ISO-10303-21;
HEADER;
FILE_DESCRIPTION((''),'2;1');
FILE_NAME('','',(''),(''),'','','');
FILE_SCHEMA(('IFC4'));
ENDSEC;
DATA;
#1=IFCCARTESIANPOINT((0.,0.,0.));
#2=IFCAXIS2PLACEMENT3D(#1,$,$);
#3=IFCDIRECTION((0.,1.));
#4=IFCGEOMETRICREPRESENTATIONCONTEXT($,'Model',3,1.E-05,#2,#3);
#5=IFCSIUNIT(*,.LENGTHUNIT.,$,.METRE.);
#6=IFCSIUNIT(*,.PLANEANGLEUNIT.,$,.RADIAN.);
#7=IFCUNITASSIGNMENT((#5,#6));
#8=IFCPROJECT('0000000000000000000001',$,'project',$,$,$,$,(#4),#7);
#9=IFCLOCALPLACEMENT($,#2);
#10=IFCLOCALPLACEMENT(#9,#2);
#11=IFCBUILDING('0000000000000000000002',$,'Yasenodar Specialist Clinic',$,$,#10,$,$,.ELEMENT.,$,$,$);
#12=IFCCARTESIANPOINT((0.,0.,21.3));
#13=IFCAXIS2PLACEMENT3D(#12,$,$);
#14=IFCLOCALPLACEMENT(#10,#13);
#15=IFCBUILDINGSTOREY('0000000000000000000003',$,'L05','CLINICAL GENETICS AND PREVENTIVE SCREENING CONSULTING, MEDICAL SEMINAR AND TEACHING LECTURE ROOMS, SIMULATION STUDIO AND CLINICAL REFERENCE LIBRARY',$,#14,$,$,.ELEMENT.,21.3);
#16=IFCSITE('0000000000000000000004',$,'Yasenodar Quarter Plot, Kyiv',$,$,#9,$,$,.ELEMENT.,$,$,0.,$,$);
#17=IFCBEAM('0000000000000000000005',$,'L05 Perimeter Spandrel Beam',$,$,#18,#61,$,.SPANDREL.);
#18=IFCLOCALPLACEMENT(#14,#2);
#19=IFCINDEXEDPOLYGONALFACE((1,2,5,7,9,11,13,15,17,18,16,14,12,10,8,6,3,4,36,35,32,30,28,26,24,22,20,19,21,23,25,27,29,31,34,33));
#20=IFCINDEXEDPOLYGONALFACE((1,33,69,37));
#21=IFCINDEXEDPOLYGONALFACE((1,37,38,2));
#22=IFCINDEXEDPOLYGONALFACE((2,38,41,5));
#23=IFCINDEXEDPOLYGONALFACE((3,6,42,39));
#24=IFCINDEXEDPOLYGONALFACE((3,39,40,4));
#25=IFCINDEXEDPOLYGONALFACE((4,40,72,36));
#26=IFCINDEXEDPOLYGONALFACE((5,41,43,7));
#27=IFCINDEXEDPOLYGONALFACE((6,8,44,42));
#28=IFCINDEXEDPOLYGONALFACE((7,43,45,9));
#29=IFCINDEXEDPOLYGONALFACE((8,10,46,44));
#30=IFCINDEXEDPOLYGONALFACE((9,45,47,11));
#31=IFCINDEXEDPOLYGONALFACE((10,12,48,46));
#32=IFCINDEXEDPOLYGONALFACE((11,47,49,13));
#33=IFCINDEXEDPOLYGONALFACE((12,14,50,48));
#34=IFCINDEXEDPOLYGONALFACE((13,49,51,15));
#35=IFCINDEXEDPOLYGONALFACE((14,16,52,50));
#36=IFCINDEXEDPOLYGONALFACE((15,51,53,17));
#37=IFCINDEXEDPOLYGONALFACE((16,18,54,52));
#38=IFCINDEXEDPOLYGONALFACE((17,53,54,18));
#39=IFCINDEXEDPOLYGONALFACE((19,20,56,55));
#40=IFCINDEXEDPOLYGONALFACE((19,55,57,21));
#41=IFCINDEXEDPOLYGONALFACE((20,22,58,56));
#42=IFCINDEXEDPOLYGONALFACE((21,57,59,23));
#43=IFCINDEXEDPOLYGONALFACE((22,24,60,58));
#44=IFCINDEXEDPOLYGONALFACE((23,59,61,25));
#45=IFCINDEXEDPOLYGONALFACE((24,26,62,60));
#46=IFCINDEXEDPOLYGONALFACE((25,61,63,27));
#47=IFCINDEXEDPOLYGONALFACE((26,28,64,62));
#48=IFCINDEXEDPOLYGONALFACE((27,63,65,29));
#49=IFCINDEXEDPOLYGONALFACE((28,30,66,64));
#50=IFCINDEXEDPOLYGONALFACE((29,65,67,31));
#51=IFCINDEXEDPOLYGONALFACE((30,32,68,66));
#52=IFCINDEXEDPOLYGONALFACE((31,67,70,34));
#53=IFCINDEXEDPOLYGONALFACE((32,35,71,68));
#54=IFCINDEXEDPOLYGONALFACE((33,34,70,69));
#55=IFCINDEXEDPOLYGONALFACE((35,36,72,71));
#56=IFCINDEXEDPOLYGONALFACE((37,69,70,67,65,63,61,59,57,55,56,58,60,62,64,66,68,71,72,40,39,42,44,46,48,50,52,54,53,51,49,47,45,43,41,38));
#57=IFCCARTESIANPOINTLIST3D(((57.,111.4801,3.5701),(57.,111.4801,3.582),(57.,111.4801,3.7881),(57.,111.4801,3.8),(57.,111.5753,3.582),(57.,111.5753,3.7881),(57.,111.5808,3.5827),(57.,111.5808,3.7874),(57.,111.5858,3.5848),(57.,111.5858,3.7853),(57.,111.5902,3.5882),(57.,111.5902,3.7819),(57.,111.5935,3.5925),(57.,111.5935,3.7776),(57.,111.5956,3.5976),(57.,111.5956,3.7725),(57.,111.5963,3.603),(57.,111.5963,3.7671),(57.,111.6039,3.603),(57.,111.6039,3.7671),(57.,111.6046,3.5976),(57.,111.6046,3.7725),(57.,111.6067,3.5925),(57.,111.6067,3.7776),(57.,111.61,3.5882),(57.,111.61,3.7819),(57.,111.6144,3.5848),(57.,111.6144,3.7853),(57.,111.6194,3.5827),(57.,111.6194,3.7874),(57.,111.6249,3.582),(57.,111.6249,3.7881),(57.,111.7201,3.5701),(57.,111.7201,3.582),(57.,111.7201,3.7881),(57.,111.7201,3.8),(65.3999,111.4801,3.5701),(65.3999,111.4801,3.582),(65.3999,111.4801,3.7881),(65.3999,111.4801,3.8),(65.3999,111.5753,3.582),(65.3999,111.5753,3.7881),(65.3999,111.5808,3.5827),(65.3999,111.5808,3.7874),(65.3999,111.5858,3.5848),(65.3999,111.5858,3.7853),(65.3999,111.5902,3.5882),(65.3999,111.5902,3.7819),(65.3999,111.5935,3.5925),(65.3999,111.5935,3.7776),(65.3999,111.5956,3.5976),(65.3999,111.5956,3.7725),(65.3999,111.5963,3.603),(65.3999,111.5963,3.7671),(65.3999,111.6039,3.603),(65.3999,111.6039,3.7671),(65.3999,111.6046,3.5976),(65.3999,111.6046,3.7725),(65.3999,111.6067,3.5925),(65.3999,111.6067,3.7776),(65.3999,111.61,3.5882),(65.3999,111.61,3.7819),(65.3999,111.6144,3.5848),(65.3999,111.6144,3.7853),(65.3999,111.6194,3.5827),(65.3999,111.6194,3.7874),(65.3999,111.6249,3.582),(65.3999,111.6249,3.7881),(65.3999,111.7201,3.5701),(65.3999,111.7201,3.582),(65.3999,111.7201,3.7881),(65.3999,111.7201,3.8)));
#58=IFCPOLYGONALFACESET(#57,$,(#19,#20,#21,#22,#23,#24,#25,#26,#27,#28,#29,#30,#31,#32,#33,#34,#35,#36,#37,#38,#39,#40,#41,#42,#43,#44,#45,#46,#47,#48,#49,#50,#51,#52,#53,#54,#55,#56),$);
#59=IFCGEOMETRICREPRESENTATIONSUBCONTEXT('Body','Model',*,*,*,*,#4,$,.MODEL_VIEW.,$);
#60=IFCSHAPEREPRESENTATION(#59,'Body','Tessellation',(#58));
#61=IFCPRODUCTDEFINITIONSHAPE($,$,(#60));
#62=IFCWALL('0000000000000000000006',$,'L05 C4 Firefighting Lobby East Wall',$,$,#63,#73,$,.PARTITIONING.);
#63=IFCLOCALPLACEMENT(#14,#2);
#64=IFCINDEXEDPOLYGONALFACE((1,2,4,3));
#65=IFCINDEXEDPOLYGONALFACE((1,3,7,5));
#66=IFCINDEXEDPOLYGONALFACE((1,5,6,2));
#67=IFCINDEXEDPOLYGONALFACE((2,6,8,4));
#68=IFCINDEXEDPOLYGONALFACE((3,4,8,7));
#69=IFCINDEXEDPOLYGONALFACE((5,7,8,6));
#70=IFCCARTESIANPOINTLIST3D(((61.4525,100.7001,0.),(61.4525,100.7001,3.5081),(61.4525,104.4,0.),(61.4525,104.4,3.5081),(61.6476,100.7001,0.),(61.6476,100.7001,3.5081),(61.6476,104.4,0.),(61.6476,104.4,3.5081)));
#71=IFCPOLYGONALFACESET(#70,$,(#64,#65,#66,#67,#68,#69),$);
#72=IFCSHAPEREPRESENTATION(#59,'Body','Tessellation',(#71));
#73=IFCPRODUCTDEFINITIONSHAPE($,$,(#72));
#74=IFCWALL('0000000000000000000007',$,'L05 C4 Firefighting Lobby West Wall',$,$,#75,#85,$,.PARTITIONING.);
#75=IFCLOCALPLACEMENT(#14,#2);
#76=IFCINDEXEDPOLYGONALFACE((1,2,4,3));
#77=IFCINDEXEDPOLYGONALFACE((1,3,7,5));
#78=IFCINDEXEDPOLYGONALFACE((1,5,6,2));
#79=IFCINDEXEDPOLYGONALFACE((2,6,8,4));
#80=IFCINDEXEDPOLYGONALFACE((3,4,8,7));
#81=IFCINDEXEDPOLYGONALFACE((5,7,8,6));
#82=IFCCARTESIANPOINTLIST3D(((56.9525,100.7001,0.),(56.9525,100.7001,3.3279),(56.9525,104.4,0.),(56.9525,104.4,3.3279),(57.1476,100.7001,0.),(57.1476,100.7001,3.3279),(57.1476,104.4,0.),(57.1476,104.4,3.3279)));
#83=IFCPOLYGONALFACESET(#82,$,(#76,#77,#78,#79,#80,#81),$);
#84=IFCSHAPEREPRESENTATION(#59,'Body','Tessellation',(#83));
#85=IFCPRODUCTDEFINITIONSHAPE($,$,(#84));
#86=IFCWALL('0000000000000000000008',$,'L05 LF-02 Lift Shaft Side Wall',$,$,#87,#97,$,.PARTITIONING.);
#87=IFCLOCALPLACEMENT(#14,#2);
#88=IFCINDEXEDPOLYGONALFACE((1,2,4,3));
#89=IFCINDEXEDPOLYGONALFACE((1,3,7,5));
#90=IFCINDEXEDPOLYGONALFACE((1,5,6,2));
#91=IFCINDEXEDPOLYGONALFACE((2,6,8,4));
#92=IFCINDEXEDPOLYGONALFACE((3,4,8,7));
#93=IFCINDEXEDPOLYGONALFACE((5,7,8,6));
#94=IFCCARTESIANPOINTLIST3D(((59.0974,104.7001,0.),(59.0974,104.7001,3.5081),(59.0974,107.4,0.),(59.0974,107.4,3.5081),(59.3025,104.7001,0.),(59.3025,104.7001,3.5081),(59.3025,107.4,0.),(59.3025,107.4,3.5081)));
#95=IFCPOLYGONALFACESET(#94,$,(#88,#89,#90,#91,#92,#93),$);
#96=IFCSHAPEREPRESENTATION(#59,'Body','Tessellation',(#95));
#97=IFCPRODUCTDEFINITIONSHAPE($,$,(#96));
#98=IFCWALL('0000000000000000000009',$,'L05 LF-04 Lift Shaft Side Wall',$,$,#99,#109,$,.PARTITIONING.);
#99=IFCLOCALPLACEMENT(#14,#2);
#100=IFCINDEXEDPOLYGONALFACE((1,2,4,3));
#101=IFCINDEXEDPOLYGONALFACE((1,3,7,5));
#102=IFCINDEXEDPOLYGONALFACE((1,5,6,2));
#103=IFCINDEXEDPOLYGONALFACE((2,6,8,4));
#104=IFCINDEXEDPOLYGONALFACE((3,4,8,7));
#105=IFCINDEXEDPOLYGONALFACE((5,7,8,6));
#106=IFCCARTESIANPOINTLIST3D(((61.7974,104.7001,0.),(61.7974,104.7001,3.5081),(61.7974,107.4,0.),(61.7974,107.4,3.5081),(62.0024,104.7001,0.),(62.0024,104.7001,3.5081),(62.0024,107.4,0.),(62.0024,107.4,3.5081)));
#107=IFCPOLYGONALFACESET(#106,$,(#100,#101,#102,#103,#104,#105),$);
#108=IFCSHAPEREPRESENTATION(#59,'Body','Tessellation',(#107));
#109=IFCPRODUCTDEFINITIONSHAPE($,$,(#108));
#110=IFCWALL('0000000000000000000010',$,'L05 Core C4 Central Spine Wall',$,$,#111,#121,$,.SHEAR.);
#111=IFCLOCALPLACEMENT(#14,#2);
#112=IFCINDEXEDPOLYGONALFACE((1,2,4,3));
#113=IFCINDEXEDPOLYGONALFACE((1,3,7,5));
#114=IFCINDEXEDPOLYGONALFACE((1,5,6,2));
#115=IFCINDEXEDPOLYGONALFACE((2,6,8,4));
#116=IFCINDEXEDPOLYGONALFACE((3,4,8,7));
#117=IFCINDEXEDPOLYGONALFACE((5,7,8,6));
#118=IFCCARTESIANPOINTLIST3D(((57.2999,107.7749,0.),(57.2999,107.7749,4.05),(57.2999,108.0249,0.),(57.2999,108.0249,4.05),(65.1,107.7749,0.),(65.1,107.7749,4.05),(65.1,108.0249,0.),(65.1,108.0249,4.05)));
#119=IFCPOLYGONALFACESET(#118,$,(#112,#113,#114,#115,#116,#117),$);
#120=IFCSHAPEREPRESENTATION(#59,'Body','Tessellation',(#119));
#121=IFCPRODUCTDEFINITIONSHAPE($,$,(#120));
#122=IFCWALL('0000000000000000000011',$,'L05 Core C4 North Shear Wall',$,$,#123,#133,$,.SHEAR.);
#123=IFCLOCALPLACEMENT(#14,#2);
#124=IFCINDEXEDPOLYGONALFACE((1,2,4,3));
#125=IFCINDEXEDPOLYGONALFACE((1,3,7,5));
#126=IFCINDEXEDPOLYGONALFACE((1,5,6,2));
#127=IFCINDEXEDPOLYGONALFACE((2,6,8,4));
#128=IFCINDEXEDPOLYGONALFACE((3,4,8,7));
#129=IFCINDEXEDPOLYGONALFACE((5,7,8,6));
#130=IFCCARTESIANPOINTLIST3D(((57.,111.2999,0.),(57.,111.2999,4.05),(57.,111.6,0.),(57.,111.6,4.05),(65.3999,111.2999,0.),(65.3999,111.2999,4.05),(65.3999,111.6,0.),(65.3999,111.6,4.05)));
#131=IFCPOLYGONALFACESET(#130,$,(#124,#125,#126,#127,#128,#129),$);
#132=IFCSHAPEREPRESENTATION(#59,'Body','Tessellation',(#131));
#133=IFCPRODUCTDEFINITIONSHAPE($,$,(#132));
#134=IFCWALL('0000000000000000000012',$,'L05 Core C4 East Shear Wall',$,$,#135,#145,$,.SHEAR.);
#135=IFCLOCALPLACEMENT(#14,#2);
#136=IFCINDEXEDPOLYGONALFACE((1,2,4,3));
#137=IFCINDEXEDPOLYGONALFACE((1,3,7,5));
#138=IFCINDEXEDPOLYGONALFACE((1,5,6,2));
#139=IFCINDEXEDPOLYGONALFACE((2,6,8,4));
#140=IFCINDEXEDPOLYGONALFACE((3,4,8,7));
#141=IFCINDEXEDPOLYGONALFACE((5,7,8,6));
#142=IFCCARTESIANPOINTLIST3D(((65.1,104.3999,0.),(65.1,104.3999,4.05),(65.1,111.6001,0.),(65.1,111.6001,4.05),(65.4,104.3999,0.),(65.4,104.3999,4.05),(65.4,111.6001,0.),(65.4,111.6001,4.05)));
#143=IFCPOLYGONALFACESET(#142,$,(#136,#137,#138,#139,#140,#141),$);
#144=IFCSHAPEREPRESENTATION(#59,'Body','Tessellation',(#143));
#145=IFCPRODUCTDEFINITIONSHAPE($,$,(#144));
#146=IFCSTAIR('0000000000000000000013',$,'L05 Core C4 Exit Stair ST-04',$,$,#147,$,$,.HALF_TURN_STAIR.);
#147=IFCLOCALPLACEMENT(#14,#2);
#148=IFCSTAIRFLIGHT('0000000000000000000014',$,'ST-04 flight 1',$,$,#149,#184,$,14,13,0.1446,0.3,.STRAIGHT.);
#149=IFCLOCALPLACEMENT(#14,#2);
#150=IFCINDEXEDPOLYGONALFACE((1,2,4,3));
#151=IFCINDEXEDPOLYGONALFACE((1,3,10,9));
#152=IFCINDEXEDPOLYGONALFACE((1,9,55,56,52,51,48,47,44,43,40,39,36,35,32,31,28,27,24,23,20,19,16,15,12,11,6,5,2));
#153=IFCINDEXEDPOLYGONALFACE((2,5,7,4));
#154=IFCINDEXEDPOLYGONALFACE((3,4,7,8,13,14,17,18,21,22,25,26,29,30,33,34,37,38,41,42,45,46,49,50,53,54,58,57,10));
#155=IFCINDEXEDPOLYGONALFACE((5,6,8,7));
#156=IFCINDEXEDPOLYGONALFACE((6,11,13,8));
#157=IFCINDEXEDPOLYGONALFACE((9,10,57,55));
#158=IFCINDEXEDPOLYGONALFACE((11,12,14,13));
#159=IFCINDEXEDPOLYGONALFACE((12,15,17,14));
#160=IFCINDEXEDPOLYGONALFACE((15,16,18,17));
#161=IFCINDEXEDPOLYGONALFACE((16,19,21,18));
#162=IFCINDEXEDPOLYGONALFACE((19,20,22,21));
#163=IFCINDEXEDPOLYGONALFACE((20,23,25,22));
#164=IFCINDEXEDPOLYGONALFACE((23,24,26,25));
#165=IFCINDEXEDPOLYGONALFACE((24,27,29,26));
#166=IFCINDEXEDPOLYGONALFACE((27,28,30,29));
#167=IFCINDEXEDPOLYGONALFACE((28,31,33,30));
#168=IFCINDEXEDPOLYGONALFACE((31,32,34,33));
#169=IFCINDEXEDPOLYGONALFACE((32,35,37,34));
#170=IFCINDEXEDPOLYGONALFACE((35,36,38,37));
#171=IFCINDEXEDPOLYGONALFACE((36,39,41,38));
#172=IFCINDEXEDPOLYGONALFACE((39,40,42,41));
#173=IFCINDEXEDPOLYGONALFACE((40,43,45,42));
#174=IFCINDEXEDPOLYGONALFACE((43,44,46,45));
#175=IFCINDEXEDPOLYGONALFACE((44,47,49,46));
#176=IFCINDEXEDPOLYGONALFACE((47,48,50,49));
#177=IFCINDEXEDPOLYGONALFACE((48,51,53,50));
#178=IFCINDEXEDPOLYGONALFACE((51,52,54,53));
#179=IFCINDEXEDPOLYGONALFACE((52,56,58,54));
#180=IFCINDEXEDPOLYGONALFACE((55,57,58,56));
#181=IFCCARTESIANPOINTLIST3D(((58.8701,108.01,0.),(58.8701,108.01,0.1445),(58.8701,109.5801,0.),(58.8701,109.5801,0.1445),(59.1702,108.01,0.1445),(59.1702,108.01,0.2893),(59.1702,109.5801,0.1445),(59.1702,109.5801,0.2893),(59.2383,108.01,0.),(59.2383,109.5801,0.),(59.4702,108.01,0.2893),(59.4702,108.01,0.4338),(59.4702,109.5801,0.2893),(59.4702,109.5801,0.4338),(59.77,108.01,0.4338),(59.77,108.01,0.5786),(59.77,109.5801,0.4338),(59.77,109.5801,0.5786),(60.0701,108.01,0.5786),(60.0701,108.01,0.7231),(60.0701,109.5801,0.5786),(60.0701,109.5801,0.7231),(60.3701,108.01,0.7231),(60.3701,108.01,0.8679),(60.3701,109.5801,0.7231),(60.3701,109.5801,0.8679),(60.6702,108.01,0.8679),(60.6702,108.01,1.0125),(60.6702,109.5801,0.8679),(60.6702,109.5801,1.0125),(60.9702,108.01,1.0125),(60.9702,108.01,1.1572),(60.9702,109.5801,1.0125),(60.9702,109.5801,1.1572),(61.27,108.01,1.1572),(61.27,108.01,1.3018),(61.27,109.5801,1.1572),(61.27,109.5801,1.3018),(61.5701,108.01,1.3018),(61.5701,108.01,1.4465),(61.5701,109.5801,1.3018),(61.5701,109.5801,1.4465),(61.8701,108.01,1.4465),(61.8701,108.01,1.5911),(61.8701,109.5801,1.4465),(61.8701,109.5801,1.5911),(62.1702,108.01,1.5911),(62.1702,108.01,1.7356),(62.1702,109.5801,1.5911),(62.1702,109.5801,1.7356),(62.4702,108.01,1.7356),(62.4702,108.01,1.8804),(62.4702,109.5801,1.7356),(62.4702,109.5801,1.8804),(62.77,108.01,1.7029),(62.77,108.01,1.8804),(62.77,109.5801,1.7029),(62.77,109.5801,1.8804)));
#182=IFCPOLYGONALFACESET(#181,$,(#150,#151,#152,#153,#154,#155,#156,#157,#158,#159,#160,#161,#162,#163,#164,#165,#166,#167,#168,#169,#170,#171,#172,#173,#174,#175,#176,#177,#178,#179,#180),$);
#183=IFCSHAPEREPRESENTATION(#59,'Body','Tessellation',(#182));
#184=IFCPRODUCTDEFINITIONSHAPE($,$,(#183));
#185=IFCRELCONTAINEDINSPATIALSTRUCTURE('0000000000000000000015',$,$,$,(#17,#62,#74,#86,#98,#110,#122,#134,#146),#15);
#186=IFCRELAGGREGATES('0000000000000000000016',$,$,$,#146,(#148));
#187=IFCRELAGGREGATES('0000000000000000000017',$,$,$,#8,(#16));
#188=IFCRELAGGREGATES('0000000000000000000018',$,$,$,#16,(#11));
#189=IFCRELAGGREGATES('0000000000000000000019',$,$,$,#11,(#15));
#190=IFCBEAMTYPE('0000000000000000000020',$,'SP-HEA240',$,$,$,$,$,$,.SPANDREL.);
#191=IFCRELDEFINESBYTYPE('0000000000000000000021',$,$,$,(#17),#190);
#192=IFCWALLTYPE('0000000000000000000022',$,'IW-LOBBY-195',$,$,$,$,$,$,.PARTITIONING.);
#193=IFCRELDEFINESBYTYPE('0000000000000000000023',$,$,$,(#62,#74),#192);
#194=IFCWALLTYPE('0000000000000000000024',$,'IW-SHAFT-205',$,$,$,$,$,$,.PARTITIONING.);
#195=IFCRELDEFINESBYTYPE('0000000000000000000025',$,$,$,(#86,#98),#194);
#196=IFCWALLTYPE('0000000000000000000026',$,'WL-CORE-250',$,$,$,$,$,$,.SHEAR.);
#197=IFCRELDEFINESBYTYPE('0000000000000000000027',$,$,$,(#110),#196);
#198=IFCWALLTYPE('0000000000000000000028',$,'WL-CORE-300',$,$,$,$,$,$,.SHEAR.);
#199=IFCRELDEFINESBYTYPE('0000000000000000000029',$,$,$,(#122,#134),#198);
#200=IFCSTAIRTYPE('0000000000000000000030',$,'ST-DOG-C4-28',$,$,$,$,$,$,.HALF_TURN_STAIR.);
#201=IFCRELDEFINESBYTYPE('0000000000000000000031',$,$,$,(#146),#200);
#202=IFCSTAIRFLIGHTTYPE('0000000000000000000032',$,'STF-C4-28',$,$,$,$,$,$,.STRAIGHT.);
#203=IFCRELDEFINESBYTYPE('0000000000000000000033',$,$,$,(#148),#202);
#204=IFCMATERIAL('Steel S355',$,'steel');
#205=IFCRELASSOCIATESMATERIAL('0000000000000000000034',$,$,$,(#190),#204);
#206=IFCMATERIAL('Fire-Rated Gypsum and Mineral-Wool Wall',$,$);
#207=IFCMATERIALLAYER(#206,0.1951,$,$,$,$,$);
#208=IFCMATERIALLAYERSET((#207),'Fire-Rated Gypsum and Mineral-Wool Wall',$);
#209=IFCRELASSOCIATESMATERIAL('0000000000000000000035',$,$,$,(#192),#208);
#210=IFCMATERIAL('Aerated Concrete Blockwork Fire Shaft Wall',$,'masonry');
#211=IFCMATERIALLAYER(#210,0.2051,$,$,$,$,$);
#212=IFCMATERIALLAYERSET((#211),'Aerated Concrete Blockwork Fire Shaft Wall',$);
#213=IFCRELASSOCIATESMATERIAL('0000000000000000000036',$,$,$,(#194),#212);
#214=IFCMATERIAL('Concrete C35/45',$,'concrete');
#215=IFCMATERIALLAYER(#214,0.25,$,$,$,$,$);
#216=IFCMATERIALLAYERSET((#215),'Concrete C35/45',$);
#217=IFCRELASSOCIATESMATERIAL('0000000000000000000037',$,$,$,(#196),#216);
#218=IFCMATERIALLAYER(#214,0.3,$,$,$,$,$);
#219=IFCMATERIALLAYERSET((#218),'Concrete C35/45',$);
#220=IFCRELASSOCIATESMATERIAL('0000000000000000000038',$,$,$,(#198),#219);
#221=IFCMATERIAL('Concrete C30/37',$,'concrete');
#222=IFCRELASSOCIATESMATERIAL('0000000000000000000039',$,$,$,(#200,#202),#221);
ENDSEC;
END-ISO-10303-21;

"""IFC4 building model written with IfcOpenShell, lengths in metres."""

from ifc_helpers import new_model, si_unit, direction, frame, frame_2d, origin, origin_2d, place, context, subcontext, project, spatial, polyline, rectangle, i_section, outline, extrude, material, layer, layer_set, material_profile, profile_set, type_object, element, aggregate, save


model = new_model("IFC4")

# Units and contexts
model_context = context("Model", 3, precision=1e-05, world=origin(), true_north=direction((0.0, 1.0)))
body_context = subcontext(model_context, "Body", "Model", "MODEL_VIEW")
ifc_project = project(units=[si_unit("LENGTHUNIT", "METRE"), si_unit("PLANEANGLEUNIT", "RADIAN")], contexts=[model_context])

# Site, building, storey
site_placement = place(None, origin())
site = spatial("IfcSite", under=ifc_project, at=site_placement, Name="Yasenodar Quarter Plot, Kyiv", CompositionType="ELEMENT", RefElevation=0.0)
building_placement = place(site_placement, origin())
building = spatial("IfcBuilding", under=site, at=building_placement, Name="Yasenodar Specialist Clinic", CompositionType="ELEMENT")
storey_placement = place(building_placement, frame((0.0, 0.0, 21.3)))
storey = spatial("IfcBuildingStorey", under=building, at=storey_placement, Name="L05", Description="CLINICAL GENETICS AND PREVENTIVE SCREENING CONSULTING, MEDICAL SEMINAR AND TEACHING LECTURE ROOMS, SIMULATION STUDIO AND CLINICAL REFERENCE LIBRARY", CompositionType="ELEMENT", Elevation=21.3)

# Shared definitions
ifc_material_1 = material(Name="Steel S355", Category="steel")

# Beam
ifc_material_profile_1 = material_profile(ifc_material_1, i_section(OverallWidth=0.24, OverallDepth=0.23, WebThickness=0.0076, FlangeThickness=0.012, FilletRadius=0.021, at=origin_2d()), Name="HEA 240")
ifc_profile_set_1 = profile_set([ifc_material_profile_1], Name="Steel S355")
beam_type_1 = type_object("IfcBeamType", Name="SP-HEA240", PredefinedType="SPANDREL", material=ifc_profile_set_1)
beam_1_placement = place(storey_placement, frame((57.0, 111.6001, 3.6851), z_axis=(1.0, 0.0, 0.0), x_axis=(0.0, 1.0, 0.0)))
element("IfcBeam", 1, at=beam_1_placement, inside=storey, type_object=beam_type_1, Name="L05 Perimeter Spandrel Beam", PredefinedType="SPANDREL", context=body_context, shape_type="SweptSolid", body=[
    extrude(i_section(OverallWidth=0.24, OverallDepth=0.23, WebThickness=0.0076, FlangeThickness=0.012, FilletRadius=0.021, at=origin_2d()), origin(), (0.0, 0.0, 1.0), 8.3999),
])

# Shared definitions
ifc_material_2 = material(Name="Fire-Rated Gypsum and Mineral-Wool Wall")
ifc_layer_1 = layer(ifc_material_2, 0.1951)
ifc_layer_set_1 = layer_set([ifc_layer_1], Name="Fire-Rated Gypsum and Mineral-Wool Wall")
wall_type_1 = type_object("IfcWallType", Name="IW-LOBBY-195", PredefinedType="PARTITIONING", material=ifc_layer_set_1)

# Walls
wall_1_placement = place(storey_placement, frame((61.55, 100.7, 0.0), z_axis=(0.0, 0.0, 1.0), x_axis=(0.0, 1.0, 0.0)))
element("IfcWall", 2, at=wall_1_placement, inside=storey, type_object=wall_type_1, Name="L05 C4 Firefighting Lobby East Wall", PredefinedType="PARTITIONING", context=body_context, shape_type="SweptSolid", body=[
    extrude(rectangle(XDim=3.7, YDim=0.1951, at=frame_2d((1.8501, 0.0))), origin(), (0.0, 0.0, 1.0), 3.5081),
])
wall_2_placement = place(storey_placement, frame((57.05, 100.7, 0.0), z_axis=(0.0, 0.0, 1.0), x_axis=(0.0, 1.0, 0.0)))
element("IfcWall", 3, at=wall_2_placement, inside=storey, type_object=wall_type_1, Name="L05 C4 Firefighting Lobby West Wall", PredefinedType="PARTITIONING", context=body_context, shape_type="SweptSolid", body=[
    extrude(rectangle(XDim=3.7, YDim=0.1951, at=frame_2d((1.8501, 0.0))), origin(), (0.0, 0.0, 1.0), 3.3279),
])
ifc_material_3 = material(Name="Aerated Concrete Blockwork Fire Shaft Wall", Category="masonry")
ifc_layer_2 = layer(ifc_material_3, 0.2051)
ifc_layer_set_2 = layer_set([ifc_layer_2], Name="Aerated Concrete Blockwork Fire Shaft Wall")
wall_type_2 = type_object("IfcWallType", Name="IW-SHAFT-205", PredefinedType="PARTITIONING", material=ifc_layer_set_2)
for number, where, z_axis, x_axis, name in (
    (4, (59.2, 104.7, 0.0), (0.0, 0.0, 1.0), (0.0, 1.0, 0.0), "L05 LF-02 Lift Shaft Side Wall"),
    (5, (61.8999, 104.7, 0.0), (0.0, 0.0, 1.0), (0.0, 1.0, 0.0), "L05 LF-04 Lift Shaft Side Wall"),
):
    element("IfcWall", number, at=place(storey_placement, frame(where, z_axis=z_axis, x_axis=x_axis)), inside=storey, type_object=wall_type_2, Name=name, PredefinedType="PARTITIONING", context=body_context, shape_type="SweptSolid", body=[
        extrude(rectangle(XDim=2.7, YDim=0.2051, at=frame_2d((1.3501, 0.0))), origin(), (0.0, 0.0, 1.0), 3.5081),
    ])
ifc_material_4 = material(Name="Concrete C35/45", Category="concrete")
ifc_layer_3 = layer(ifc_material_4, 0.25)
ifc_layer_set_3 = layer_set([ifc_layer_3], Name="Concrete C35/45")
wall_type_3 = type_object("IfcWallType", Name="WL-CORE-250", PredefinedType="SHEAR", material=ifc_layer_set_3)
wall_3_placement = place(storey_placement, frame((57.3, 107.8999, 0.0), z_axis=(0.0, 0.0, 1.0), x_axis=(1.0, 0.0, 0.0)))
element("IfcWall", 6, at=wall_3_placement, inside=storey, type_object=wall_type_3, Name="L05 Core C4 Central Spine Wall", PredefinedType="SHEAR", context=body_context, shape_type="SweptSolid", body=[
    extrude(rectangle(XDim=7.8, YDim=0.25, at=frame_2d((3.8999, 0.0))), origin(), (0.0, 0.0, 1.0), 4.05),
])
ifc_layer_4 = layer(ifc_material_4, 0.3)
ifc_layer_set_4 = layer_set([ifc_layer_4], Name="Concrete C35/45")
wall_type_4 = type_object("IfcWallType", Name="WL-CORE-300", PredefinedType="SHEAR", material=ifc_layer_set_4)
wall_4_placement = place(storey_placement, frame((57.0, 111.45, 0.0), z_axis=(0.0, 0.0, 1.0), x_axis=(1.0, 0.0, 0.0)))
element("IfcWall", 7, at=wall_4_placement, inside=storey, type_object=wall_type_4, Name="L05 Core C4 North Shear Wall", PredefinedType="SHEAR", context=body_context, shape_type="SweptSolid", body=[
    extrude(rectangle(XDim=8.3999, YDim=0.3, at=frame_2d((4.2, 0.0))), origin(), (0.0, 0.0, 1.0), 4.05),
])

# Wall
wall_5_placement = place(storey_placement, frame((65.25, 104.3999, 0.0), z_axis=(0.0, 0.0, 1.0), x_axis=(0.0, 1.0, 0.0)))
element("IfcWall", 8, at=wall_5_placement, inside=storey, type_object=wall_type_4, Name="L05 Core C4 East Shear Wall", PredefinedType="SHEAR", context=body_context, shape_type="SweptSolid", body=[
    extrude(rectangle(XDim=7.2002, YDim=0.3, at=frame_2d((3.6001, 0.0))), origin(), (0.0, 0.0, 1.0), 4.05),
])

# Stair, stair flight
ifc_material_5 = material(Name="Concrete C30/37", Category="concrete")
stair_type = type_object("IfcStairType", Name="ST-DOG-C4-28", PredefinedType="HALF_TURN_STAIR", material=ifc_material_5)
stair_placement = place(storey_placement, origin())
stair = element("IfcStair", 9, at=stair_placement, inside=storey, type_object=stair_type, Name="L05 Core C4 Exit Stair ST-04", PredefinedType="HALF_TURN_STAIR")
stair_flight_type = type_object("IfcStairFlightType", Name="STF-C4-28", PredefinedType="STRAIGHT", material=ifc_material_5)
stair_flight_1_placement = place(storey_placement, frame((58.8701, 108.7949, 0.0), z_axis=(0.0, 0.0, 1.0), x_axis=(1.0, 0.0, 0.0)))
stair_flight_1 = element("IfcStairFlight", 10, at=stair_flight_1_placement, type_object=stair_flight_type, Name="ST-04 flight 1", NumberOfRisers=14, NumberOfTreads=13, PredefinedType="STRAIGHT", RiserHeight=0.1446, TreadLength=0.3, context=body_context, shape_type="SweptSolid", body=[
    extrude(outline(polyline([(0.0, 0.0), (0.0, 0.1445), (0.3, 0.1445), (0.3, 0.2893), (0.6001, 0.2893), (0.6001, 0.4338), (0.8999, 0.4338), (0.8999, 0.5786), (1.2, 0.5786), (1.2, 0.7231), (1.5, 0.7231), (1.5, 0.8679), (1.8, 0.8679), (1.8, 1.0125), (2.1001, 1.0125), (2.1001, 1.1572), (2.3999, 1.1572), (2.3999, 1.3018), (2.7, 1.3018), (2.7, 1.4465), (3.0, 1.4465), (3.0, 1.5911), (3.3, 1.5911), (3.3, 1.7356), (3.6001, 1.7356), (3.6001, 1.8804), (3.8999, 1.8804), (3.8999, 2.0249), (3.8999, 1.7029), (0.3682, 0.0), (0.0, 0.0)])), frame((0.0, 0.7852, 0.0), z_axis=(0.0, -1.0, 0.0), x_axis=(1.0, 0.0, 0.0)), (0.0, 0.0, 1.0), 1.5701),
])
aggregate(stair, [stair_flight_1])

save(model, "model.ifc")
